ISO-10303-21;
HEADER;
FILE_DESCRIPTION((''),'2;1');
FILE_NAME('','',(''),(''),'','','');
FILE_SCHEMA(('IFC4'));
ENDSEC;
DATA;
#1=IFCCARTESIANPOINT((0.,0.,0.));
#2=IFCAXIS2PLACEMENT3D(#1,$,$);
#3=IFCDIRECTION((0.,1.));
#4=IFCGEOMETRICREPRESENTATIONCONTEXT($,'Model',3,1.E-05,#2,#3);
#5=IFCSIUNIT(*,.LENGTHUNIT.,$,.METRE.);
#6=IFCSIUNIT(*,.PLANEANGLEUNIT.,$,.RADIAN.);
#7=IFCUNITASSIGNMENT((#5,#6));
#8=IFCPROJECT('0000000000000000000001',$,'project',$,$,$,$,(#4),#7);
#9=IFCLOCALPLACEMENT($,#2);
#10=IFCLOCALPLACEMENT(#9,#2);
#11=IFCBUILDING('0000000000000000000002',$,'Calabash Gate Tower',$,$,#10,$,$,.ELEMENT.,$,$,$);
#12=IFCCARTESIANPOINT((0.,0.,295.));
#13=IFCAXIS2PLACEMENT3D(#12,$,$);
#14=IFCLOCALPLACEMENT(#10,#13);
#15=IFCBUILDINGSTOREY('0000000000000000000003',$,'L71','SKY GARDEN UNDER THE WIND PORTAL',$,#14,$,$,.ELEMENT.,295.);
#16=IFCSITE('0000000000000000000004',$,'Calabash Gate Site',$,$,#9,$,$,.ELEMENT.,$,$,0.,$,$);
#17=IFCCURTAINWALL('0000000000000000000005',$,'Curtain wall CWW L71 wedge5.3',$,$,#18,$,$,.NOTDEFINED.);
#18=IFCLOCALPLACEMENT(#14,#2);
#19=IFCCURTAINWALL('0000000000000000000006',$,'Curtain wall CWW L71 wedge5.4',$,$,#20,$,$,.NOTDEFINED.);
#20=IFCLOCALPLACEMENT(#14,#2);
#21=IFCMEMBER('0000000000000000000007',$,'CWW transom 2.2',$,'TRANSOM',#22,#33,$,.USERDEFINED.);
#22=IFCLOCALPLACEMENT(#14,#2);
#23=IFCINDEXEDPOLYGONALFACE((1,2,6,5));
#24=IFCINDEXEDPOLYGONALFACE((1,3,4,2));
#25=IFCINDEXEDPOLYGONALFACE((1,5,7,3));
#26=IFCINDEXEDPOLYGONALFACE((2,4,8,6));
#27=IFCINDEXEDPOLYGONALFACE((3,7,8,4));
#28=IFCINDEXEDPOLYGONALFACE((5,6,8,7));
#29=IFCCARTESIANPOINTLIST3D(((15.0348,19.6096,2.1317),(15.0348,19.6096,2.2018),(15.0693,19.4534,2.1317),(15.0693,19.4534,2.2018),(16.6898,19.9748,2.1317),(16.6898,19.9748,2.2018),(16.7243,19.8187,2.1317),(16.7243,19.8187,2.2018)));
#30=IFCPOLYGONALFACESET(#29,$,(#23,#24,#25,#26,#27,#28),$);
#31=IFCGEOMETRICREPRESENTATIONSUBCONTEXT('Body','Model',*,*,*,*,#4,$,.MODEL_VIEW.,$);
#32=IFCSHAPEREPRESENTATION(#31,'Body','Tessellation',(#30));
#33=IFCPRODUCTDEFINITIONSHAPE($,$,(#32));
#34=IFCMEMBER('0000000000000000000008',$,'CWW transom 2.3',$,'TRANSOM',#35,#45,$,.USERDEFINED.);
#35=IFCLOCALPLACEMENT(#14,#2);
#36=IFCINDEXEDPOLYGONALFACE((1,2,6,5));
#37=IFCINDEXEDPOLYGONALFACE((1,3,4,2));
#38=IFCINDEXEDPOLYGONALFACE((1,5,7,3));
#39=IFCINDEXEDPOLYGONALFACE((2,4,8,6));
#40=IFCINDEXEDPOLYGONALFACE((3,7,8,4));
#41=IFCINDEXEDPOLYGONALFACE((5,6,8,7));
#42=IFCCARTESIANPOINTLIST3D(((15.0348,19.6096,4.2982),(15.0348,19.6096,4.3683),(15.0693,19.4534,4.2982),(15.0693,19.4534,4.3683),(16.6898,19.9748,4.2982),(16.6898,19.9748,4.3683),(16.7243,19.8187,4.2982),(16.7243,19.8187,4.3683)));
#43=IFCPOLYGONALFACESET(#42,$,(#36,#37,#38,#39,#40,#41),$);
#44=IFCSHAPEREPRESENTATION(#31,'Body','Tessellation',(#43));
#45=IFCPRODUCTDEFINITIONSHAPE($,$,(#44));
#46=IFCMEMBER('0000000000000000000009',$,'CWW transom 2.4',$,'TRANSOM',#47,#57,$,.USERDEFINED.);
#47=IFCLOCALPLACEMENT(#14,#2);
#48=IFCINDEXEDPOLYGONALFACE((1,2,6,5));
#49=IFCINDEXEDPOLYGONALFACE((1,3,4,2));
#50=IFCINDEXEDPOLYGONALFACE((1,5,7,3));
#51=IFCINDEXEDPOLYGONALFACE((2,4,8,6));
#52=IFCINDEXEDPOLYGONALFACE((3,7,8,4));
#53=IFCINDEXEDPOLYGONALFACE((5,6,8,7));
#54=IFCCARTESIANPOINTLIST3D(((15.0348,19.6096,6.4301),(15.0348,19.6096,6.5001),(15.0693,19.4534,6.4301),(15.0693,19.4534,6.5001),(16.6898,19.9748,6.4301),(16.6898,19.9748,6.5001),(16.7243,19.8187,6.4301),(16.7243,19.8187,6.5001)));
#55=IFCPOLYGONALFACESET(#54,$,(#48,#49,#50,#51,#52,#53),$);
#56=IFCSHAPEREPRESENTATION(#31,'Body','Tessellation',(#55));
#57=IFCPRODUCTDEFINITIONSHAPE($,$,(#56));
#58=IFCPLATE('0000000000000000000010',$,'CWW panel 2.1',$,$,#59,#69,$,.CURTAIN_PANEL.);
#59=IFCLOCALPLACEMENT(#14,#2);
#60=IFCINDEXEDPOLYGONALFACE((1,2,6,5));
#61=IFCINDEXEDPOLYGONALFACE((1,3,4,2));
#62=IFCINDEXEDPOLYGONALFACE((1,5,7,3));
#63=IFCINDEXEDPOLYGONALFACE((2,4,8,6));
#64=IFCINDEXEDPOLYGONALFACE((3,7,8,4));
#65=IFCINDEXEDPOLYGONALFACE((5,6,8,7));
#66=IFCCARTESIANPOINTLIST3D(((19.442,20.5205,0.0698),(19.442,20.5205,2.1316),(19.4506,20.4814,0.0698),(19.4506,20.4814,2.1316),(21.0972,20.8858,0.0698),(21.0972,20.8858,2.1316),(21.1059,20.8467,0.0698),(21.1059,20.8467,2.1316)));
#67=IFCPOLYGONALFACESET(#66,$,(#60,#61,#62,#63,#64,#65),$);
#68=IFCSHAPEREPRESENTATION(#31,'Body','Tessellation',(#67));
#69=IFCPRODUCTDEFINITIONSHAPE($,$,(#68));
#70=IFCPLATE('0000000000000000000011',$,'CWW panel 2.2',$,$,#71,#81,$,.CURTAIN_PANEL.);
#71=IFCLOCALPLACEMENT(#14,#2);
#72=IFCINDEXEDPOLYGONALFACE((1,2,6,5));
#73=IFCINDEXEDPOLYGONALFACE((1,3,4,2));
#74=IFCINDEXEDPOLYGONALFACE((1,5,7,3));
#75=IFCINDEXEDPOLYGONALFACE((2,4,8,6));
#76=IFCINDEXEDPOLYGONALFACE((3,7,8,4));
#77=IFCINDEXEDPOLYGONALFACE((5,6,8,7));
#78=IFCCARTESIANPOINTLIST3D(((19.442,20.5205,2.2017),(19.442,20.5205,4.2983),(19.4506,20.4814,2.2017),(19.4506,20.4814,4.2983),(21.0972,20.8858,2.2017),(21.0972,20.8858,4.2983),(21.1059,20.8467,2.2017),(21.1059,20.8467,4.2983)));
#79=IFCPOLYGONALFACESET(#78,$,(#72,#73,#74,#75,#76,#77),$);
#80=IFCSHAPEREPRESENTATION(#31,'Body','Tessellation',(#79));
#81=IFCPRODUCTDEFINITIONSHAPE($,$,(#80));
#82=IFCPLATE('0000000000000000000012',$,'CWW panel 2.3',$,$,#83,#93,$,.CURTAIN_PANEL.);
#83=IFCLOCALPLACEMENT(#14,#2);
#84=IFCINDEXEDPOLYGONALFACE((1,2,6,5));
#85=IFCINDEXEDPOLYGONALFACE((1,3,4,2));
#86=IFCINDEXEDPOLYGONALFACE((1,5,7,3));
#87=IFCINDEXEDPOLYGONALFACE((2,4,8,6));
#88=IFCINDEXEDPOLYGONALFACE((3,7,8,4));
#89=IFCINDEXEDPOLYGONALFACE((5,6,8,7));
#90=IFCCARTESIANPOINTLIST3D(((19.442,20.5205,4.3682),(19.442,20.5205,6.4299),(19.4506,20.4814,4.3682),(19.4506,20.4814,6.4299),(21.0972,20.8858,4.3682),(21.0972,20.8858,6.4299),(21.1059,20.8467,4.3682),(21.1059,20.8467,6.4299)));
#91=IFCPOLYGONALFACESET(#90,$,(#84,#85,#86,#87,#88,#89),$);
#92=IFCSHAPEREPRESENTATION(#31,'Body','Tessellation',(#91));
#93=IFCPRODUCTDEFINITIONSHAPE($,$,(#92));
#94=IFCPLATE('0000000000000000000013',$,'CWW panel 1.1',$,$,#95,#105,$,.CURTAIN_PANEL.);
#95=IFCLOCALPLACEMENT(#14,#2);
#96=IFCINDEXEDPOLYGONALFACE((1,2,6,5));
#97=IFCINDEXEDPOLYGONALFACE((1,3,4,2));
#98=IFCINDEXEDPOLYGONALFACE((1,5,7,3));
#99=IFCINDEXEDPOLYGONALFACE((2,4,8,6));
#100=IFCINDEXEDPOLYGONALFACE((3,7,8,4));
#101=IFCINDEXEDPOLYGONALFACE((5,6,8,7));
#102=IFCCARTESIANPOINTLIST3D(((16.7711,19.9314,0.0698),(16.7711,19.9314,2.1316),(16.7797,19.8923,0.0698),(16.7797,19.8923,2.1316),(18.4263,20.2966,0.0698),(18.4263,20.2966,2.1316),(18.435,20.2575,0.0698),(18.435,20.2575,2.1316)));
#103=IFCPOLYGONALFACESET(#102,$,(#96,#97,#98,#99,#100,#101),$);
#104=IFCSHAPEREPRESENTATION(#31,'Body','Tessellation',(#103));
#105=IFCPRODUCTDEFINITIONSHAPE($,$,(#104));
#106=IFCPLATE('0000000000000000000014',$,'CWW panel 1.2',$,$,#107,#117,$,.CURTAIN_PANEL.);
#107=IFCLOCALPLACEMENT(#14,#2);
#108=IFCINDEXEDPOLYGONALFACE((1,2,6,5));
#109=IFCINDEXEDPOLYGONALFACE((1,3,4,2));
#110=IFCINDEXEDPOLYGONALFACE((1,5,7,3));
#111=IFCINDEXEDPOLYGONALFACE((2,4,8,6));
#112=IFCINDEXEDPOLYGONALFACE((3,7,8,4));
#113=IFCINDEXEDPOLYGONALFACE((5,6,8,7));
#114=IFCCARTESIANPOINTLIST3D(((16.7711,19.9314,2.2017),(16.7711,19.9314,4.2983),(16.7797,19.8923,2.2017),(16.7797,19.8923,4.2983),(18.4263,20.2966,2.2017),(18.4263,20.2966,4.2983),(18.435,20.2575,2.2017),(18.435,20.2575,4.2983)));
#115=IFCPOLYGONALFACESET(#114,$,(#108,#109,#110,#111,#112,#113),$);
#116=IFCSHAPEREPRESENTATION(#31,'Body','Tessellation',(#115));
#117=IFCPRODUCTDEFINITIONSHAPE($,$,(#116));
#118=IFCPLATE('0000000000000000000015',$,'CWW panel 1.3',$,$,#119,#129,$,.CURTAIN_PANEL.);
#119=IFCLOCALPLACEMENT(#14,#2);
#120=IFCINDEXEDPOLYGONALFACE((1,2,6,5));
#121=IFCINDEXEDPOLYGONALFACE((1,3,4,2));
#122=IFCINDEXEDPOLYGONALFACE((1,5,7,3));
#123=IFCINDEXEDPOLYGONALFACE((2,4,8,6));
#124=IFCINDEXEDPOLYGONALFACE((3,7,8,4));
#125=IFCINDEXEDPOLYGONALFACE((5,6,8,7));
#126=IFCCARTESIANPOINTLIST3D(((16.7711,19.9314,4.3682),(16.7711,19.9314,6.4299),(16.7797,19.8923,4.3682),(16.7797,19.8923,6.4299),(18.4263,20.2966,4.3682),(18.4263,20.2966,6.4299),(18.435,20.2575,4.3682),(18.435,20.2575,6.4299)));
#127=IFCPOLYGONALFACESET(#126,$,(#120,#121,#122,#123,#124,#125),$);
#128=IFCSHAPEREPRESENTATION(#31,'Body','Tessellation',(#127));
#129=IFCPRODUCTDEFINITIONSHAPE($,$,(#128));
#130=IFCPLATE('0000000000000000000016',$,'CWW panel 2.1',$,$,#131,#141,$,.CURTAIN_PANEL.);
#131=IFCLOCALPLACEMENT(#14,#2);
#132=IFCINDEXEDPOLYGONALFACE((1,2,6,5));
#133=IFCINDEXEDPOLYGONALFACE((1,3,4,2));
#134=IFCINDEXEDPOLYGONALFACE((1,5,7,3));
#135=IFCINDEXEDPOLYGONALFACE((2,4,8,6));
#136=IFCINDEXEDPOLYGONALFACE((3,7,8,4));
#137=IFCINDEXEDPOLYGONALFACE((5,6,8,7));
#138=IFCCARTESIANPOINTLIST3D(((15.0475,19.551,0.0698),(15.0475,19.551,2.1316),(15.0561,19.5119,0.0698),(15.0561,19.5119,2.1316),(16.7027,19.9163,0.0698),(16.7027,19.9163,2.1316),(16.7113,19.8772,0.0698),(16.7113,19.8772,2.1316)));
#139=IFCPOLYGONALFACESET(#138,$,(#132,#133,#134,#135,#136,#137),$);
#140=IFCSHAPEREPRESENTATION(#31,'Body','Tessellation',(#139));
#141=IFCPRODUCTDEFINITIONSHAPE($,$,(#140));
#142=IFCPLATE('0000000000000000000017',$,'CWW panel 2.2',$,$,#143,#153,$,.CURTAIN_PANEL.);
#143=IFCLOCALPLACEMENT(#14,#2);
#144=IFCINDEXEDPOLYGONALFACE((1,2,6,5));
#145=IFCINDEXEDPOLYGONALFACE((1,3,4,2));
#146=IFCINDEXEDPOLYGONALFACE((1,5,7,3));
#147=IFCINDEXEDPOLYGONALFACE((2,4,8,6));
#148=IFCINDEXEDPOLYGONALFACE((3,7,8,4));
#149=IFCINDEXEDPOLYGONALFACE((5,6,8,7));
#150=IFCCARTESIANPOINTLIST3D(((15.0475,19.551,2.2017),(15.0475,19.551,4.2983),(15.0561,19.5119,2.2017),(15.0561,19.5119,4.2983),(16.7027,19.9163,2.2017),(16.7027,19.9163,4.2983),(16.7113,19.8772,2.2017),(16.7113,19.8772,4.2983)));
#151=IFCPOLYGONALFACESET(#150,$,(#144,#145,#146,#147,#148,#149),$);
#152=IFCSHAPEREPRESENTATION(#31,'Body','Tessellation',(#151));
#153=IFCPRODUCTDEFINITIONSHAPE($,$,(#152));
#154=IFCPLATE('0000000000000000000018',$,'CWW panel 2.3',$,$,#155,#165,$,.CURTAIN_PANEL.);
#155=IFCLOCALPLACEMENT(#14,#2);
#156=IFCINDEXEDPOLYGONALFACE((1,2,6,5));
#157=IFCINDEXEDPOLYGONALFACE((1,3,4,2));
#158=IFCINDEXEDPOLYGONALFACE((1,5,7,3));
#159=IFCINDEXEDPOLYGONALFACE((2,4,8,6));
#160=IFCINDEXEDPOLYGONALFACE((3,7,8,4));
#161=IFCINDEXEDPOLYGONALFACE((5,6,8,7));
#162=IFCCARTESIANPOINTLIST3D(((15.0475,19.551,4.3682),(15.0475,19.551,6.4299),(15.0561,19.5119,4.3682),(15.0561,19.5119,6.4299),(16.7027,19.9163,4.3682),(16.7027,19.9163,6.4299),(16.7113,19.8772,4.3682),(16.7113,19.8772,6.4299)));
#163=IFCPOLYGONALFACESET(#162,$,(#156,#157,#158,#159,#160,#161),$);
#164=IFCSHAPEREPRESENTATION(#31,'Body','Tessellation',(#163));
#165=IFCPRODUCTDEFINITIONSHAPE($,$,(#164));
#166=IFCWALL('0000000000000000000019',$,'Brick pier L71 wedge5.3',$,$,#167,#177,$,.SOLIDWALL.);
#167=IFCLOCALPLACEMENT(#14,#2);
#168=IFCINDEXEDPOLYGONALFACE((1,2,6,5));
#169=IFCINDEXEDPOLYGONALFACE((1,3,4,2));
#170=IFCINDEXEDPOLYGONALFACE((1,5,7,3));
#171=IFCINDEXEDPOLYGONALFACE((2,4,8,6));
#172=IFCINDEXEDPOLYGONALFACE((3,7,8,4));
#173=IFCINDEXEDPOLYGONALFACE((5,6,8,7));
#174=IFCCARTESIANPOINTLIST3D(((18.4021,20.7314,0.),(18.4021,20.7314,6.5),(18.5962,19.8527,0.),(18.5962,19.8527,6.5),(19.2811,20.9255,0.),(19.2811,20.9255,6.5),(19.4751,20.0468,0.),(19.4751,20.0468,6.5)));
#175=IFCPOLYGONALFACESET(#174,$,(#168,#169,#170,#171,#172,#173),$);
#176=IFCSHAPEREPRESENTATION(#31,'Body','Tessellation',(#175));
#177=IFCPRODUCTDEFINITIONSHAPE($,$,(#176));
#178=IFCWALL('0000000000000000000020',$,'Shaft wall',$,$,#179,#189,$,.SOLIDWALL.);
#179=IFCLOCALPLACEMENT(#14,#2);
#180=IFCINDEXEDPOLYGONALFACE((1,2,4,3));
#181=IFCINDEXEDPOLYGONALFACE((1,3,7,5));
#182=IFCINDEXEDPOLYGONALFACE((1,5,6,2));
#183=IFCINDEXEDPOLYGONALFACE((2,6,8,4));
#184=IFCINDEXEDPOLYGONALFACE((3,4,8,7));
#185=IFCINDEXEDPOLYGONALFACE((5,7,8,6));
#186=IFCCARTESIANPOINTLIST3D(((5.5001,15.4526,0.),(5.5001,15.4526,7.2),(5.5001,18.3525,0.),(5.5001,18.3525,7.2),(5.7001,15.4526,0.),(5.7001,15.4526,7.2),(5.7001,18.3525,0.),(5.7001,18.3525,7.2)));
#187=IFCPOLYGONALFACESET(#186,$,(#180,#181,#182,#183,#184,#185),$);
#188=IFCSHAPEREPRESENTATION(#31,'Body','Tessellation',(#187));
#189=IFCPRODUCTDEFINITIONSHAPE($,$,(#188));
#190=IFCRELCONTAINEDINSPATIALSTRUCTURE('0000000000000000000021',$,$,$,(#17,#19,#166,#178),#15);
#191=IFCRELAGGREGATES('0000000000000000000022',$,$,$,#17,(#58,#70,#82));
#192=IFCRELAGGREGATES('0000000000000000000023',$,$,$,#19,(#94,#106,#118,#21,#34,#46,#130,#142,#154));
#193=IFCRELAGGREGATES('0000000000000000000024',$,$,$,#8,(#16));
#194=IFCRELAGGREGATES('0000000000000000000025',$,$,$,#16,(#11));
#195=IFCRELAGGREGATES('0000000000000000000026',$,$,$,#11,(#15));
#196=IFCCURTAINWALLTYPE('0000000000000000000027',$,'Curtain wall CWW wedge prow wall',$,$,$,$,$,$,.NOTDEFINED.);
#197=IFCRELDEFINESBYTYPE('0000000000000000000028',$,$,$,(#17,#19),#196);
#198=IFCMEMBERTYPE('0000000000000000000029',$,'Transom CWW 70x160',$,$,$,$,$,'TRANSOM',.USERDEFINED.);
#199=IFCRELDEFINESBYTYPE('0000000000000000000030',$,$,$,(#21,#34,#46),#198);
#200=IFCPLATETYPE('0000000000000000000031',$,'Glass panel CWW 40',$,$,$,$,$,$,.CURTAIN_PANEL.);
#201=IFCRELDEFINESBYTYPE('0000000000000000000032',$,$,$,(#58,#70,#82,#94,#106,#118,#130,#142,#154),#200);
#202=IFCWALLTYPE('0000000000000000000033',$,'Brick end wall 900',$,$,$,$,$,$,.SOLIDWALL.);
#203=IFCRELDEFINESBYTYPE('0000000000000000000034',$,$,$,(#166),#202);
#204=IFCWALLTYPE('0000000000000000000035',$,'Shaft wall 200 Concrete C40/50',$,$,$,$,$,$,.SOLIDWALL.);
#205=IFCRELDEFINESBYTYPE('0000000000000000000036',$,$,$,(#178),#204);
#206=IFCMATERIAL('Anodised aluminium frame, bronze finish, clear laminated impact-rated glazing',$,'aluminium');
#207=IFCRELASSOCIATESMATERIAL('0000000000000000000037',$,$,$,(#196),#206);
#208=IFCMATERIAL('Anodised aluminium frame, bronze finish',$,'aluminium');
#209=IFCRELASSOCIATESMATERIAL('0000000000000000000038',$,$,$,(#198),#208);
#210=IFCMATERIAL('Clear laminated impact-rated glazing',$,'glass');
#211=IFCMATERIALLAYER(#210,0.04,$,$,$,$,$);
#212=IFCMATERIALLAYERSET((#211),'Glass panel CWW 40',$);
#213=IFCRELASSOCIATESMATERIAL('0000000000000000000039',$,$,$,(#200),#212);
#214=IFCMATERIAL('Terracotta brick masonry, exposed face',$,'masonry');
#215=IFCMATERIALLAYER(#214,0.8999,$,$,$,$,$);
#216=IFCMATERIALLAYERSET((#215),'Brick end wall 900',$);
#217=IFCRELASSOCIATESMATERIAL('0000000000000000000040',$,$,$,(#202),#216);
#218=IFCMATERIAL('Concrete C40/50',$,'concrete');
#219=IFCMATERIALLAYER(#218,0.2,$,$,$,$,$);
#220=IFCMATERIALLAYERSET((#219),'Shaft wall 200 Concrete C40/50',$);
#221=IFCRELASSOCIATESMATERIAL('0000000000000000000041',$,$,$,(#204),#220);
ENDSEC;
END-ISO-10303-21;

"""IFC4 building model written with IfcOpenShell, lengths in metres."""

from ifc_helpers import new_model, si_unit, direction, frame, frame_2d, origin, origin_2d, place, context, subcontext, project, spatial, rectangle, extrude, material, layer, layer_set, material_profile, profile_set, type_object, element, aggregate, save


model = new_model("IFC4")

# Units and contexts
model_context = context("Model", 3, precision=1e-05, world=origin(), true_north=direction((0.0, 1.0)))
body_context = subcontext(model_context, "Body", "Model", "MODEL_VIEW")
ifc_project = project(units=[si_unit("LENGTHUNIT", "METRE"), si_unit("PLANEANGLEUNIT", "RADIAN")], contexts=[model_context])

# Site, building, storey
site_placement = place(None, origin())
site = spatial("IfcSite", under=ifc_project, at=site_placement, Name="Calabash Gate Site", CompositionType="ELEMENT", RefElevation=0.0)
building_placement = place(site_placement, origin())
building = spatial("IfcBuilding", under=site, at=building_placement, Name="Calabash Gate Tower", CompositionType="ELEMENT")
storey_placement = place(building_placement, frame((0.0, 0.0, 295.0)))
storey = spatial("IfcBuildingStorey", under=building, at=storey_placement, Name="L71", Description="SKY GARDEN UNDER THE WIND PORTAL", CompositionType="ELEMENT", Elevation=295.0)

# Curtain wall
ifc_material_1 = material(Name="Anodised aluminium frame, bronze finish, clear laminated impact-rated glazing", Category="aluminium")
curtain_wall_type = type_object("IfcCurtainWallType", Name="Curtain wall CWW wedge prow wall", PredefinedType="NOTDEFINED", material=ifc_material_1)
curtain_wall_1_placement = place(storey_placement, origin())
curtain_wall_1 = element("IfcCurtainWall", 1, at=curtain_wall_1_placement, inside=storey, type_object=curtain_wall_type, Name="Curtain wall CWW L71 wedge5.3", PredefinedType="NOTDEFINED")

# Curtain wall
curtain_wall_2_placement = place(storey_placement, origin())
curtain_wall_2 = element("IfcCurtainWall", 2, at=curtain_wall_2_placement, inside=storey, type_object=curtain_wall_type, Name="Curtain wall CWW L71 wedge5.4", PredefinedType="NOTDEFINED")

# Members
ifc_material_2 = material(Name="Anodised aluminium frame, bronze finish", Category="aluminium")
ifc_material_profile_1 = material_profile(ifc_material_2, rectangle(XDim=0.1599, YDim=0.0701, at=origin_2d()))
ifc_profile_set_1 = profile_set([ifc_material_profile_1], Name="Anodised aluminium frame, bronze finish")
member_type_1 = type_object("IfcMemberType", Name="Transom CWW 70x160", ElementType="TRANSOM", PredefinedType="USERDEFINED", material=ifc_profile_set_1)
member_1_placement = place(storey_placement, frame((16.707, 19.8967, 2.1667), z_axis=(-0.976505, -0.215497, 0.0), x_axis=(0.215497, -0.976505, 0.0)))
member_1 = element("IfcMember", 3, at=member_1_placement, type_object=member_type_1, Name="CWW transom 2.2", ObjectType="TRANSOM", PredefinedType="USERDEFINED", context=body_context, shape_type="SweptSolid", body=[
    extrude(rectangle(XDim=0.1599, YDim=0.0701, at=origin_2d()), origin(), (0.0, 0.0, 1.0), 1.6948),
])
member_2_placement = place(storey_placement, frame((16.707, 19.8967, 4.3333), z_axis=(-0.976505, -0.215497, 0.0), x_axis=(0.215497, -0.976505, 0.0)))
member_2 = element("IfcMember", 4, at=member_2_placement, type_object=member_type_1, Name="CWW transom 2.3", ObjectType="TRANSOM", PredefinedType="USERDEFINED", context=body_context, shape_type="SweptSolid", body=[
    extrude(rectangle(XDim=0.1599, YDim=0.0701, at=origin_2d()), origin(), (0.0, 0.0, 1.0), 1.6948),
])
member_3_placement = place(storey_placement, frame((16.707, 19.8967, 6.4651), z_axis=(-0.976505, -0.215497, 0.0), x_axis=(0.215497, -0.976505, 0.0)))
member_3 = element("IfcMember", 5, at=member_3_placement, type_object=member_type_1, Name="CWW transom 2.4", ObjectType="TRANSOM", PredefinedType="USERDEFINED", context=body_context, shape_type="SweptSolid", body=[
    extrude(rectangle(XDim=0.1599, YDim=0.0701, at=origin_2d()), origin(), (0.0, 0.0, 1.0), 1.6948),
])

# Plates
ifc_material_3 = material(Name="Clear laminated impact-rated glazing", Category="glass")
ifc_layer_1 = layer(ifc_material_3, 0.04)
ifc_layer_set_1 = layer_set([ifc_layer_1], Name="Glass panel CWW 40")
plate_type = type_object("IfcPlateType", Name="Glass panel CWW 40", PredefinedType="CURTAIN_PANEL", material=ifc_layer_set_1)
plate_1_placement = place(storey_placement, frame((20.2739, 20.6836, 0.0698), z_axis=(0.0, 0.0, 1.0), x_axis=(-0.976511, -0.215468, 0.0)))
plate_1 = element("IfcPlate", 6, at=plate_1_placement, type_object=plate_type, Name="CWW panel 2.1", PredefinedType="CURTAIN_PANEL", context=body_context, shape_type="SweptSolid", body=[
    extrude(rectangle(XDim=1.6951, YDim=0.04, at=origin_2d()), origin(), (0.0, 0.0, 1.0), 2.0618),
])
plate_2_placement = place(storey_placement, frame((20.2739, 20.6836, 2.2017), z_axis=(0.0, 0.0, 1.0), x_axis=(-0.976511, -0.215468, 0.0)))
plate_2 = element("IfcPlate", 7, at=plate_2_placement, type_object=plate_type, Name="CWW panel 2.2", PredefinedType="CURTAIN_PANEL", context=body_context, shape_type="SweptSolid", body=[
    extrude(rectangle(XDim=1.6951, YDim=0.04, at=origin_2d()), origin(), (0.0, 0.0, 1.0), 2.0967),
])
plate_3_placement = place(storey_placement, frame((20.2739, 20.6836, 4.3682), z_axis=(0.0, 0.0, 1.0), x_axis=(-0.976511, -0.215468, 0.0)))
plate_3 = element("IfcPlate", 8, at=plate_3_placement, type_object=plate_type, Name="CWW panel 2.3", PredefinedType="CURTAIN_PANEL", context=body_context, shape_type="SweptSolid", body=[
    extrude(rectangle(XDim=1.6951, YDim=0.04, at=origin_2d()), origin(), (0.0, 0.0, 1.0), 2.0618),
])
aggregate(curtain_wall_1, [plate_1, plate_2, plate_3])
plate_4_placement = place(storey_placement, frame((17.603, 20.0945, 0.0698), z_axis=(0.0, 0.0, 1.0), x_axis=(-0.976511, -0.215468, 0.0)))
plate_4 = element("IfcPlate", 9, at=plate_4_placement, type_object=plate_type, Name="CWW panel 1.1", PredefinedType="CURTAIN_PANEL", context=body_context, shape_type="SweptSolid", body=[
    extrude(rectangle(XDim=1.6951, YDim=0.04, at=origin_2d()), origin(), (0.0, 0.0, 1.0), 2.0618),
])
plate_5_placement = place(storey_placement, frame((17.603, 20.0945, 2.2017), z_axis=(0.0, 0.0, 1.0), x_axis=(-0.976511, -0.215468, 0.0)))
plate_5 = element("IfcPlate", 10, at=plate_5_placement, type_object=plate_type, Name="CWW panel 1.2", PredefinedType="CURTAIN_PANEL", context=body_context, shape_type="SweptSolid", body=[
    extrude(rectangle(XDim=1.6951, YDim=0.04, at=origin_2d()), origin(), (0.0, 0.0, 1.0), 2.0967),
])
plate_6_placement = place(storey_placement, frame((17.603, 20.0945, 4.3682), z_axis=(0.0, 0.0, 1.0), x_axis=(-0.976511, -0.215468, 0.0)))
plate_6 = element("IfcPlate", 11, at=plate_6_placement, type_object=plate_type, Name="CWW panel 1.3", PredefinedType="CURTAIN_PANEL", context=body_context, shape_type="SweptSolid", body=[
    extrude(rectangle(XDim=1.6951, YDim=0.04, at=origin_2d()), origin(), (0.0, 0.0, 1.0), 2.0618),
])
plate_7_placement = place(storey_placement, frame((15.8794, 19.7141, 0.0698), z_axis=(0.0, 0.0, 1.0), x_axis=(-0.976511, -0.215468, 0.0)))
plate_7 = element("IfcPlate", 12, at=plate_7_placement, type_object=plate_type, Name="CWW panel 2.1", PredefinedType="CURTAIN_PANEL", context=body_context, shape_type="SweptSolid", body=[
    extrude(rectangle(XDim=1.6951, YDim=0.04, at=origin_2d()), origin(), (0.0, 0.0, 1.0), 2.0618),
])
plate_8_placement = place(storey_placement, frame((15.8794, 19.7141, 2.2017), z_axis=(0.0, 0.0, 1.0), x_axis=(-0.976511, -0.215468, 0.0)))
plate_8 = element("IfcPlate", 13, at=plate_8_placement, type_object=plate_type, Name="CWW panel 2.2", PredefinedType="CURTAIN_PANEL", context=body_context, shape_type="SweptSolid", body=[
    extrude(rectangle(XDim=1.6951, YDim=0.04, at=origin_2d()), origin(), (0.0, 0.0, 1.0), 2.0967),
])
plate_9_placement = place(storey_placement, frame((15.8794, 19.7141, 4.3682), z_axis=(0.0, 0.0, 1.0), x_axis=(-0.976511, -0.215468, 0.0)))
plate_9 = element("IfcPlate", 14, at=plate_9_placement, type_object=plate_type, Name="CWW panel 2.3", PredefinedType="CURTAIN_PANEL", context=body_context, shape_type="SweptSolid", body=[
    extrude(rectangle(XDim=1.6951, YDim=0.04, at=origin_2d()), origin(), (0.0, 0.0, 1.0), 2.0618),
])
aggregate(curtain_wall_2, [plate_4, plate_5, plate_6, member_1, member_2, member_3, plate_7, plate_8, plate_9])

# Walls
ifc_material_4 = material(Name="Terracotta brick masonry, exposed face", Category="masonry")
ifc_layer_2 = layer(ifc_material_4, 0.8999)
ifc_layer_set_2 = layer_set([ifc_layer_2], Name="Brick end wall 900")
wall_type_1 = type_object("IfcWallType", Name="Brick end wall 900", PredefinedType="SOLIDWALL", material=ifc_layer_set_2)
wall_1_placement = place(storey_placement, frame((18.499, 20.292, 0.0), z_axis=(0.0, 0.0, 1.0), x_axis=(0.976473, 0.215638, 0.0)))
element("IfcWall", 15, at=wall_1_placement, inside=storey, type_object=wall_type_1, Name="Brick pier L71 wedge5.3", PredefinedType="SOLIDWALL", context=body_context, shape_type="SweptSolid", body=[
    extrude(rectangle(XDim=0.9001, YDim=0.8999, at=frame_2d((0.4502, 0.0))), origin(), (0.0, 0.0, 1.0), 6.5),
])
ifc_material_5 = material(Name="Concrete C40/50", Category="concrete")
ifc_layer_3 = layer(ifc_material_5, 0.2)
ifc_layer_set_3 = layer_set([ifc_layer_3], Name="Shaft wall 200 Concrete C40/50")
wall_type_2 = type_object("IfcWallType", Name="Shaft wall 200 Concrete C40/50", PredefinedType="SOLIDWALL", material=ifc_layer_set_3)
wall_2_placement = place(storey_placement, frame((5.6001, 15.4526, 0.0), z_axis=(0.0, 0.0, 1.0), x_axis=(0.0, 1.0, 0.0)))
element("IfcWall", 16, at=wall_2_placement, inside=storey, type_object=wall_type_2, Name="Shaft wall", PredefinedType="SOLIDWALL", context=body_context, shape_type="SweptSolid", body=[
    extrude(rectangle(XDim=2.8999, YDim=0.2, at=frame_2d((1.45, 0.0))), origin(), (0.0, 0.0, 1.0), 7.2),
])

save(model, "model.ifc")
